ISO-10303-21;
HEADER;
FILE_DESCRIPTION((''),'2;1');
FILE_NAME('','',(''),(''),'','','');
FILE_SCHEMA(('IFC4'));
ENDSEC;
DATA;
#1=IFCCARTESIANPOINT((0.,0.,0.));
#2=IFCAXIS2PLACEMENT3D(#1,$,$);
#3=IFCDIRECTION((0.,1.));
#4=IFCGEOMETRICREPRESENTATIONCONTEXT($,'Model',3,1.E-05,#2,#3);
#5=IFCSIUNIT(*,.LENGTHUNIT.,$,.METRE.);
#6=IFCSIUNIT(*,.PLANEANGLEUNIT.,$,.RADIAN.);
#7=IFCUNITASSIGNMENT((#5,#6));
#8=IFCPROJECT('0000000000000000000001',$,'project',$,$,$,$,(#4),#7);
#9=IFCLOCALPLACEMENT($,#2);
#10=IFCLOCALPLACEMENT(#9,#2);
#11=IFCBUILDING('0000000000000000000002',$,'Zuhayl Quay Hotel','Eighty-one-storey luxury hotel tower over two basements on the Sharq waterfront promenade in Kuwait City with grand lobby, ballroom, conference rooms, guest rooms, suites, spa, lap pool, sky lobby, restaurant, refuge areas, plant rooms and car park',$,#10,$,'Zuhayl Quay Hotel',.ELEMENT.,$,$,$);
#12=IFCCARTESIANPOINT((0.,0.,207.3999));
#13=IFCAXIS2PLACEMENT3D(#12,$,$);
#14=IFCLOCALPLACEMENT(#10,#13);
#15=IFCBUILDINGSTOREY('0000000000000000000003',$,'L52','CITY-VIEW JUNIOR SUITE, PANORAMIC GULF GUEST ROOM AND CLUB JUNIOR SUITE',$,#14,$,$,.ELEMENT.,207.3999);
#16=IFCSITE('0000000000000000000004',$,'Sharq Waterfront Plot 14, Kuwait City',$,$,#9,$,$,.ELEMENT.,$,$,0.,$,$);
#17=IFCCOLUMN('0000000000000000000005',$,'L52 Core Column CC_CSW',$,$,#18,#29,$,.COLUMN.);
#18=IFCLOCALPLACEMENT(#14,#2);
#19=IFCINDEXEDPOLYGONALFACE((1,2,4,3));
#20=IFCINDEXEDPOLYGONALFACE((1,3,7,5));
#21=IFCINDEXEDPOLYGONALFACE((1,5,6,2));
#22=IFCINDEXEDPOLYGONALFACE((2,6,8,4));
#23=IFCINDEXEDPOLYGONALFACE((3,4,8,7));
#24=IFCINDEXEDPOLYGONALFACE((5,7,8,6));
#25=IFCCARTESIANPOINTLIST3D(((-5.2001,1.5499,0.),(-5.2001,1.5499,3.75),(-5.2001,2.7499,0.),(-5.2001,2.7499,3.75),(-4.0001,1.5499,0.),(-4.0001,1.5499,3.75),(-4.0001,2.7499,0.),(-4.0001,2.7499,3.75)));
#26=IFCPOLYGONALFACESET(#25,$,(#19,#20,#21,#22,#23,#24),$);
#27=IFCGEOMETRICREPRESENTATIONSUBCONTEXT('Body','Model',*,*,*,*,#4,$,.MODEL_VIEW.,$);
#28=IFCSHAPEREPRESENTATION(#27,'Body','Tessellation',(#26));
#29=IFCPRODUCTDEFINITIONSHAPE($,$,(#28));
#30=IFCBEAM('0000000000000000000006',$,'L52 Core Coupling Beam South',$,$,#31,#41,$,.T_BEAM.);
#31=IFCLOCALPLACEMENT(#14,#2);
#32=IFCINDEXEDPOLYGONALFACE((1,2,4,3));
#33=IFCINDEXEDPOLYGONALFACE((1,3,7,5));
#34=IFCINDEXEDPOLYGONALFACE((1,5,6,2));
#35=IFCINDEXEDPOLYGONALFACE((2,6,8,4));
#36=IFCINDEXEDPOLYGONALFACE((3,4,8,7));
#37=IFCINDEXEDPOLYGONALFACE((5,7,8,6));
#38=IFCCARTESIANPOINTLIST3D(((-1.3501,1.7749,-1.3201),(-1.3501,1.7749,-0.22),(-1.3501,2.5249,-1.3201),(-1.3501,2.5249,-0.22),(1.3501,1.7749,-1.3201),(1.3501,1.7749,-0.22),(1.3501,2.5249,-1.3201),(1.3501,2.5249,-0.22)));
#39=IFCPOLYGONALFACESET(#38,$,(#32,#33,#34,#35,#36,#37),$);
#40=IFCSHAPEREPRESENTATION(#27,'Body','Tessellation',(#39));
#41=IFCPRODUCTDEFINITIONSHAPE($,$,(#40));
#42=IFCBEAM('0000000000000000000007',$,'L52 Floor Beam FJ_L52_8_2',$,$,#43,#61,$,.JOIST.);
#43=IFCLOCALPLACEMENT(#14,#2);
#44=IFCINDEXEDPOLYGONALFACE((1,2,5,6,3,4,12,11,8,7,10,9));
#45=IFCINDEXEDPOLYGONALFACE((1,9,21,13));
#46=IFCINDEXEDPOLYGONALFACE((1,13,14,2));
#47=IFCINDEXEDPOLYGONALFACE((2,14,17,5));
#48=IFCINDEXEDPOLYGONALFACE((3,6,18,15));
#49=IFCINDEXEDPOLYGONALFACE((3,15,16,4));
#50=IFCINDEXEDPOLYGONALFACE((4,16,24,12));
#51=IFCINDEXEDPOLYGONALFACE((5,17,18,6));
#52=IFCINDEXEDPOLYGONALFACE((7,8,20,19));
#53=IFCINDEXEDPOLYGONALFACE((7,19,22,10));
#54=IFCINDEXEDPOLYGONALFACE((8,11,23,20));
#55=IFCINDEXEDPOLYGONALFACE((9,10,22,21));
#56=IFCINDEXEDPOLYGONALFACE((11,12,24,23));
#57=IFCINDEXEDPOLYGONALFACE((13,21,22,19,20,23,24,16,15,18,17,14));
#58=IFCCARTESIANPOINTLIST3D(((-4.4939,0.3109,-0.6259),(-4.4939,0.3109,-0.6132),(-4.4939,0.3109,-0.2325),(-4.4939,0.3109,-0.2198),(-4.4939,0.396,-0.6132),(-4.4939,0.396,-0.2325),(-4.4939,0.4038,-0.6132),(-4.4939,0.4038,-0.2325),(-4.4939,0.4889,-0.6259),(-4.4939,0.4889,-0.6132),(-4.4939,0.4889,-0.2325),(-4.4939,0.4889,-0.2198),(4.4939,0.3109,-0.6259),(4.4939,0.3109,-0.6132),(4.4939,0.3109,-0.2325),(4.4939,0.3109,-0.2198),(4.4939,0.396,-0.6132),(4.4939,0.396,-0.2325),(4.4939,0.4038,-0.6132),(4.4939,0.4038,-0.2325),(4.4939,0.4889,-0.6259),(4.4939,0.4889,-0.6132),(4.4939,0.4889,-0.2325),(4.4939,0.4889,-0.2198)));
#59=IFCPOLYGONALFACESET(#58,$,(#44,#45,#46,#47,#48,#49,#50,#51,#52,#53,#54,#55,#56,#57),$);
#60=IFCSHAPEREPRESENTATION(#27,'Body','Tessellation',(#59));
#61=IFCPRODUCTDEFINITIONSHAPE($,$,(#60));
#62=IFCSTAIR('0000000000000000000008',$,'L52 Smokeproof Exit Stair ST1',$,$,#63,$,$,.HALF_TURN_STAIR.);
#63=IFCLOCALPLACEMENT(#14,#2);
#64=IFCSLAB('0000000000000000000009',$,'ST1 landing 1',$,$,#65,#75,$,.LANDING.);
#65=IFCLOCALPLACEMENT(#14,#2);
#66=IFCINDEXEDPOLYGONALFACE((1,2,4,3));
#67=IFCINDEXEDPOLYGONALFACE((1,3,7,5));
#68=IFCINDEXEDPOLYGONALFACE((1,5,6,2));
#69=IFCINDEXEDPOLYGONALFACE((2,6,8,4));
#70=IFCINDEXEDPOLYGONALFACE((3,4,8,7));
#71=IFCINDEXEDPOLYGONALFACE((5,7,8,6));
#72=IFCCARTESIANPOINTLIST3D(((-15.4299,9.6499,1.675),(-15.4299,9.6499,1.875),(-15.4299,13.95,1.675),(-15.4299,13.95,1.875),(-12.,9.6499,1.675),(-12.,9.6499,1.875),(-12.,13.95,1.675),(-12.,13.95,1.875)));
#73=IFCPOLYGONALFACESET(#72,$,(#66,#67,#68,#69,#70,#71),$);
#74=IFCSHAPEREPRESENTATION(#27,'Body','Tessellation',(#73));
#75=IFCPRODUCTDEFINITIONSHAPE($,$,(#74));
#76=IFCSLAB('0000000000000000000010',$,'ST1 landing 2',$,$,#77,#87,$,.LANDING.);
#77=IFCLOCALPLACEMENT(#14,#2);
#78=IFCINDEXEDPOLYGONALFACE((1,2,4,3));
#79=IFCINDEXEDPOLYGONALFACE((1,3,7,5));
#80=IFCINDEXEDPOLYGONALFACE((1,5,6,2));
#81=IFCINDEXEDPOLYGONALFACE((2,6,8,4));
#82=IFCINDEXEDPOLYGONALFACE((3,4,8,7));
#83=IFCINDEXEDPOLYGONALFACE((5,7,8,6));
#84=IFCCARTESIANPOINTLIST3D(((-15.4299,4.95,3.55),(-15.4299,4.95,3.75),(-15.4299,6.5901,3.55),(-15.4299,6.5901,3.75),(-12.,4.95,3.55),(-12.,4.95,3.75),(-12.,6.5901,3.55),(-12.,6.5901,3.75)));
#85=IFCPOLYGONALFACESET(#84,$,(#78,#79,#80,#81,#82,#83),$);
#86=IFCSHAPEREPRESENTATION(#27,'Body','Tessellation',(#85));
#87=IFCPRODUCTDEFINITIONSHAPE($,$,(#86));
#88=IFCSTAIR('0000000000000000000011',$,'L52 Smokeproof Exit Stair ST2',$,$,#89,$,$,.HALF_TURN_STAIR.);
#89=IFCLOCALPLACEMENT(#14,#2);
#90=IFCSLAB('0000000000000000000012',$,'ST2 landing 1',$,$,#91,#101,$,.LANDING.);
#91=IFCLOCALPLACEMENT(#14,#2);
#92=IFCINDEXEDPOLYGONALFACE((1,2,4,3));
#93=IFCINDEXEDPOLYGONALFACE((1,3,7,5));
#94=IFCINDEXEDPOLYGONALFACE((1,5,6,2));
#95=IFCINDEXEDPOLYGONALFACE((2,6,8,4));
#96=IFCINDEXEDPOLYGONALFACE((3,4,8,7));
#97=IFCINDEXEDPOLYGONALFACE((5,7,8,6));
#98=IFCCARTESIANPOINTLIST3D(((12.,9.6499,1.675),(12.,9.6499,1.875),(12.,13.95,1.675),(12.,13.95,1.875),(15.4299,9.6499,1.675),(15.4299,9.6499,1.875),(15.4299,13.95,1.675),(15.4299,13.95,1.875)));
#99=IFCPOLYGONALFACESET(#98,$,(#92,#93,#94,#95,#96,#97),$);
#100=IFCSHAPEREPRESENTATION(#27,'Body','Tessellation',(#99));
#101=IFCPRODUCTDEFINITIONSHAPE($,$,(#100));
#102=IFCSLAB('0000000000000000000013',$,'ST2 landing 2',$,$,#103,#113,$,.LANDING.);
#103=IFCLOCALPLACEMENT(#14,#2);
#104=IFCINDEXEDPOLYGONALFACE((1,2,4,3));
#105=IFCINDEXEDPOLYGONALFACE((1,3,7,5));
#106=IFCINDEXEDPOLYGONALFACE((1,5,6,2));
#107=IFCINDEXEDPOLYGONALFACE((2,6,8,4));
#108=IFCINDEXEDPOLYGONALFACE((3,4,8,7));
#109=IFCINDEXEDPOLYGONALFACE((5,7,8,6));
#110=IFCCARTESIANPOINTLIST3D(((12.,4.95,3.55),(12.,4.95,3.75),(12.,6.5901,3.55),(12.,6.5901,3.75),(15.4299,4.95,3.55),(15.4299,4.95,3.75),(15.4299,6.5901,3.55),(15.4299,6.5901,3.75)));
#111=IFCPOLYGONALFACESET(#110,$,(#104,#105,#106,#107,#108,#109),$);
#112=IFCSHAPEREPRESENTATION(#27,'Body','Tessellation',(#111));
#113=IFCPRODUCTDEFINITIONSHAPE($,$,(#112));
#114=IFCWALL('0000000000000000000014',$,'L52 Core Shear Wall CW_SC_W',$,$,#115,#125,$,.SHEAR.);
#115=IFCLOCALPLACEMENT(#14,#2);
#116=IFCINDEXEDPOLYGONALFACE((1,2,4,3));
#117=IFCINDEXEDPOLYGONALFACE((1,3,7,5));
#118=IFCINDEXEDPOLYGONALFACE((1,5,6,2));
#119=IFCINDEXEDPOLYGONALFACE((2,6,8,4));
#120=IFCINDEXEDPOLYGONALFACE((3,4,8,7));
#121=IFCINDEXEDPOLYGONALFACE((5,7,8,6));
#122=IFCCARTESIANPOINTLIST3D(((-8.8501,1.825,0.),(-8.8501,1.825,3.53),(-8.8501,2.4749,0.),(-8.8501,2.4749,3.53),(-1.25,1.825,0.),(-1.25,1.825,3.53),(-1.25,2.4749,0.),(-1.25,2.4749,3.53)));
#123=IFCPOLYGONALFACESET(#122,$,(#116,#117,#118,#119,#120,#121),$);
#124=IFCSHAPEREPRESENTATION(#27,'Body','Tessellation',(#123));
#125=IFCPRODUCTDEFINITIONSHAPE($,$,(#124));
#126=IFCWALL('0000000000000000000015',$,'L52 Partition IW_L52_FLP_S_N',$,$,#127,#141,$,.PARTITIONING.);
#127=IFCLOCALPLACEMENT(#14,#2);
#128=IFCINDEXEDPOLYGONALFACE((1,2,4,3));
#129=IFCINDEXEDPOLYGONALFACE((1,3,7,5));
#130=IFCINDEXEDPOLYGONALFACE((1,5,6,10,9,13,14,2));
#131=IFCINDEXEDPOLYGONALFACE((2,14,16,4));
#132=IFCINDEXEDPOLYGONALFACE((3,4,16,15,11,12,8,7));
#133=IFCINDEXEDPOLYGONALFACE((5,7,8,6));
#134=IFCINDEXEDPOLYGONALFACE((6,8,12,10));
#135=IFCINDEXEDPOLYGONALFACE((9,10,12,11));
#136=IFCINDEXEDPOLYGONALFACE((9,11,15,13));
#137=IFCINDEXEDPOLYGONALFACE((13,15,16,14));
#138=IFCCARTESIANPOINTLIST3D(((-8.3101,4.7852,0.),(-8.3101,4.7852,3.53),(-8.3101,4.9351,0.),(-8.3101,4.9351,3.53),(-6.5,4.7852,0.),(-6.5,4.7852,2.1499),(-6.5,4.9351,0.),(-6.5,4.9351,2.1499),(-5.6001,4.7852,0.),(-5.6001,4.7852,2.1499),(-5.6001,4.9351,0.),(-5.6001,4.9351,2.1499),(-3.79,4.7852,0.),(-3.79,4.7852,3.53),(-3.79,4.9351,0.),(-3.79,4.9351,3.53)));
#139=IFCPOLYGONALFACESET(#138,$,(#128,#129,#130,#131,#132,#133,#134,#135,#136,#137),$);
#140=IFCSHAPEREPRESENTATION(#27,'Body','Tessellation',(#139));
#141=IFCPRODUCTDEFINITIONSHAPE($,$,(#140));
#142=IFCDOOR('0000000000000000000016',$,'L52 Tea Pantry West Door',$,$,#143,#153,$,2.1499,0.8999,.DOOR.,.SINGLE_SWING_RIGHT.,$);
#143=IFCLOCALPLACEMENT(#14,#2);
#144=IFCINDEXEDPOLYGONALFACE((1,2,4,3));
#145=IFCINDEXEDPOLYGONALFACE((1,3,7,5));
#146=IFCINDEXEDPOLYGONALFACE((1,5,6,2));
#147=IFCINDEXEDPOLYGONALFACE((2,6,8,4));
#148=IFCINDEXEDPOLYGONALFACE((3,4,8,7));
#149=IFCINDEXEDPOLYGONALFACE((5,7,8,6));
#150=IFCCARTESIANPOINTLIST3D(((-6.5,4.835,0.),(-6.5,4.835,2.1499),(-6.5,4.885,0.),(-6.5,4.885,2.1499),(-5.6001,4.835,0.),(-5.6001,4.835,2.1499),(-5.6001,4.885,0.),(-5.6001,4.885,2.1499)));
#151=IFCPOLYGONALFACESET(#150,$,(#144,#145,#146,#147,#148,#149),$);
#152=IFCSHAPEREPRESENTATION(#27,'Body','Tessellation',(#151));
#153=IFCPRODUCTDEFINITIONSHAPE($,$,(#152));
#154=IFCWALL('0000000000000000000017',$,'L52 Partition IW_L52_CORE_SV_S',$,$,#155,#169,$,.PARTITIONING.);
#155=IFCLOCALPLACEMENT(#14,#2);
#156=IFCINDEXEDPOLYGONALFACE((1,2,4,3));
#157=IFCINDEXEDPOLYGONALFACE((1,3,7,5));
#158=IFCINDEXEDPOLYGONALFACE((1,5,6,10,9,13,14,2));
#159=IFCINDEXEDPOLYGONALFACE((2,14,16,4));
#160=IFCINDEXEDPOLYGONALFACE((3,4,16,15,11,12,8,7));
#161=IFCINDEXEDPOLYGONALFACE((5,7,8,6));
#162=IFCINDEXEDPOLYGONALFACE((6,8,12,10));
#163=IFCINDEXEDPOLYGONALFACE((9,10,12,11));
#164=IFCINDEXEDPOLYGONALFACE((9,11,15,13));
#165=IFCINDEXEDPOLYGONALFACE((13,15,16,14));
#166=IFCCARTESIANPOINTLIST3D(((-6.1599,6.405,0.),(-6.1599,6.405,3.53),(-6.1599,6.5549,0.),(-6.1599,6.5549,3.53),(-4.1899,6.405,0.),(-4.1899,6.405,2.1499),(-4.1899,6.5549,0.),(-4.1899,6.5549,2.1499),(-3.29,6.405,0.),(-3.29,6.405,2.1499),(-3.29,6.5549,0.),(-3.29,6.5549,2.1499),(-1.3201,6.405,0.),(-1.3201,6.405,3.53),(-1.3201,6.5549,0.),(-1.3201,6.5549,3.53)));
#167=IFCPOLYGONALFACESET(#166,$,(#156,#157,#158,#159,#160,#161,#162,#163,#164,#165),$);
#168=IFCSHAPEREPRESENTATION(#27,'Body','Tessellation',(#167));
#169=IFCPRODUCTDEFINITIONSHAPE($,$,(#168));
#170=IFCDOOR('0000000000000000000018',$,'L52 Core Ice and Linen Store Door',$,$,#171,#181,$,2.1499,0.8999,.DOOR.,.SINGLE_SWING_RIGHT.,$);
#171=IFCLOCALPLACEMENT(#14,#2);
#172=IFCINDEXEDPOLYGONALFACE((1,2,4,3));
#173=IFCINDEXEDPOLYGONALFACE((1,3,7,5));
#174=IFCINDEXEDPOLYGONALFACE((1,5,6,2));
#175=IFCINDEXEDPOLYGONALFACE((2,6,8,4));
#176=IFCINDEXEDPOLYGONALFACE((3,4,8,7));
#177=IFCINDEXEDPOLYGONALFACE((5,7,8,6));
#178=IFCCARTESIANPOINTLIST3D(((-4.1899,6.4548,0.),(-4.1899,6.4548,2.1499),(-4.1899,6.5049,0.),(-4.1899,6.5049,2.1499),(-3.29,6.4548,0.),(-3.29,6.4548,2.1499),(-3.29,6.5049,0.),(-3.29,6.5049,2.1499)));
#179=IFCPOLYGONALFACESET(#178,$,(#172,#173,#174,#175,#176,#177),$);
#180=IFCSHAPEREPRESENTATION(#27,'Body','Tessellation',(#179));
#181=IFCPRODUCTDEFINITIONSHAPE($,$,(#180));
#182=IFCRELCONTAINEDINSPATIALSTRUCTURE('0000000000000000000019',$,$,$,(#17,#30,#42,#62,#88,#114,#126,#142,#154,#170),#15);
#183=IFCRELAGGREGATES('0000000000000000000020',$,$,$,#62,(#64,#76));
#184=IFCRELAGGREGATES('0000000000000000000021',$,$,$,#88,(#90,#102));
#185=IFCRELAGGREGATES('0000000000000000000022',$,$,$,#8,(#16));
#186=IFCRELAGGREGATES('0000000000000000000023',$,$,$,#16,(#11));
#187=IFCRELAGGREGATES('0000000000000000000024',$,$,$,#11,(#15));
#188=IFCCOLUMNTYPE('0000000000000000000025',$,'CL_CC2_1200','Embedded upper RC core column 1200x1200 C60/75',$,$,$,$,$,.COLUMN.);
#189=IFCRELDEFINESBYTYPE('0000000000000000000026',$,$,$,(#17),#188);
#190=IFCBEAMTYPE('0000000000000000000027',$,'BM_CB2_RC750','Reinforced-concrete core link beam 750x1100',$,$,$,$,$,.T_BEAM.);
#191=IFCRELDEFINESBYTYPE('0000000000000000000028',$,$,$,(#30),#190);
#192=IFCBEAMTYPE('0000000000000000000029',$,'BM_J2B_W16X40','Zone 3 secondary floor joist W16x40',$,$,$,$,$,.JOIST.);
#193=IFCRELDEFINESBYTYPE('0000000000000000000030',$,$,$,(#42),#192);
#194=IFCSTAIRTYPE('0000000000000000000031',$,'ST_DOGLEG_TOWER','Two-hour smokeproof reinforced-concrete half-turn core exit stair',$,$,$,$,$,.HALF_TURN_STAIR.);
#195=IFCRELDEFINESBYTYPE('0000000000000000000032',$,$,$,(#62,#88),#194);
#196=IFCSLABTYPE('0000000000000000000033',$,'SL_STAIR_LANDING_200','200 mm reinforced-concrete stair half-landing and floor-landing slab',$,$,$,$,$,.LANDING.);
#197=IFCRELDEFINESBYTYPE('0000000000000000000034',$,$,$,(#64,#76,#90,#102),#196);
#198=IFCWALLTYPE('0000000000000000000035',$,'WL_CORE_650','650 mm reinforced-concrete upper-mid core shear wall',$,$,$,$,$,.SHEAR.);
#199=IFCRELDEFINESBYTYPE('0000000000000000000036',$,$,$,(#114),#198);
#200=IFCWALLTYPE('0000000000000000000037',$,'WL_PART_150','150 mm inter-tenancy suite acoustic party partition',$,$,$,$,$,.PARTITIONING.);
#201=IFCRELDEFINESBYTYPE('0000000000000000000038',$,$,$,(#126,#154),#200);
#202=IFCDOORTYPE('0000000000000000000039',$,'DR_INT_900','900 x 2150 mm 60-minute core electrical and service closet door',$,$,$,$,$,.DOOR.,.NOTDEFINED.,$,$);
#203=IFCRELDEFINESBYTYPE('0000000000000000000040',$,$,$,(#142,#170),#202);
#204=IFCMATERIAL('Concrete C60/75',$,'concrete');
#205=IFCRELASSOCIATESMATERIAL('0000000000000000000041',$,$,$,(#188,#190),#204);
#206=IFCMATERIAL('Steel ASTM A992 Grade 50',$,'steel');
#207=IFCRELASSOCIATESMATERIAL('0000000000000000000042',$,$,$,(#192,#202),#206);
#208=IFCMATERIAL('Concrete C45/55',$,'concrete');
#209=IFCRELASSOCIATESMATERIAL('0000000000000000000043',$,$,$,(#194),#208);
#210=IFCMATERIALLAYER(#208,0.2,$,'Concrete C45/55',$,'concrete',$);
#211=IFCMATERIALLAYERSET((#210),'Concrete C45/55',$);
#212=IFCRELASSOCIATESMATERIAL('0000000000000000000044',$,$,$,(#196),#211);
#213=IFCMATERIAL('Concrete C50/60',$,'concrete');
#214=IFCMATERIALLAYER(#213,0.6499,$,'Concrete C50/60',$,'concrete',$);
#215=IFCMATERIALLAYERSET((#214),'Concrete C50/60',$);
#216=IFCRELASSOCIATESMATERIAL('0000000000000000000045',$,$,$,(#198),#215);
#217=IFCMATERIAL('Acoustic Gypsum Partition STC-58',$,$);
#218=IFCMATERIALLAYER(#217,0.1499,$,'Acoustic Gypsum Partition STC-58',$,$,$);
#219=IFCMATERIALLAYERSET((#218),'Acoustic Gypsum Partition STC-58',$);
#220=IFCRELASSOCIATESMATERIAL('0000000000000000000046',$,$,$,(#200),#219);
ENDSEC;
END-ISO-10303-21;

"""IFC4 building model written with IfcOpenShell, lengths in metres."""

from ifc_helpers import new_model, si_unit, direction, frame, frame_2d, origin, origin_2d, place, context, subcontext, project, spatial, polyline, rectangle, i_section, outline, extrude, material, layer, layer_set, material_profile, profile_set, type_object, element, fill, aggregate, save


model = new_model("IFC4")

# Units and contexts
model_context = context("Model", 3, precision=1e-05, world=origin(), true_north=direction((0.0, 1.0)))
body_context = subcontext(model_context, "Body", "Model", "MODEL_VIEW")
ifc_project = project(units=[si_unit("LENGTHUNIT", "METRE"), si_unit("PLANEANGLEUNIT", "RADIAN")], contexts=[model_context])

# Site, building, storey
site_placement = place(None, origin())
site = spatial("IfcSite", under=ifc_project, at=site_placement, Name="Sharq Waterfront Plot 14, Kuwait City", CompositionType="ELEMENT", RefElevation=0.0)
building_placement = place(site_placement, origin())
building = spatial("IfcBuilding", under=site, at=building_placement, Name="Zuhayl Quay Hotel", Description="Eighty-one-storey luxury hotel tower over two basements on the Sharq waterfront promenade in Kuwait City with grand lobby, ballroom, conference rooms, guest rooms, suites, spa, lap pool, sky lobby, restaurant, refuge areas, plant rooms and car park", LongName="Zuhayl Quay Hotel", CompositionType="ELEMENT")
storey_placement = place(building_placement, frame((0.0, 0.0, 207.3999)))
storey = spatial("IfcBuildingStorey", under=building, at=storey_placement, Name="L52", Description="CITY-VIEW JUNIOR SUITE, PANORAMIC GULF GUEST ROOM AND CLUB JUNIOR SUITE", CompositionType="ELEMENT", Elevation=207.3999)

# Column
ifc_material_1 = material(Name="Concrete C60/75", Category="concrete")
ifc_material_profile_1 = material_profile(ifc_material_1, rectangle(XDim=1.2, YDim=1.2, at=origin_2d()), Name="RC1200X1200")
ifc_profile_set_1 = profile_set([ifc_material_profile_1], Name="Concrete C60/75")
column_type = type_object("IfcColumnType", Name="CL_CC2_1200", Description="Embedded upper RC core column 1200x1200 C60/75", PredefinedType="COLUMN", material=ifc_profile_set_1)
column_placement = place(storey_placement, frame((-4.6001, 2.1499, 0.0), z_axis=(0.0, 0.0, 1.0), x_axis=(1.0, 0.0, 0.0)))
element("IfcColumn", 1, at=column_placement, inside=storey, type_object=column_type, Name="L52 Core Column CC_CSW", PredefinedType="COLUMN", context=body_context, shape_type="SweptSolid", body=[
    extrude(rectangle(XDim=1.2, YDim=1.2, at=origin_2d()), origin(), (0.0, 0.0, 1.0), 3.75),
])

# Beams
ifc_material_profile_2 = material_profile(ifc_material_1, rectangle(XDim=0.75, YDim=1.1001, at=origin_2d()), Name="RC750X1100")
ifc_profile_set_2 = profile_set([ifc_material_profile_2], Name="Concrete C60/75")
beam_type_1 = type_object("IfcBeamType", Name="BM_CB2_RC750", Description="Reinforced-concrete core link beam 750x1100", PredefinedType="T_BEAM", material=ifc_profile_set_2)
beam_1_placement = place(storey_placement, frame((-1.3501, 2.1499, -0.77), z_axis=(1.0, 0.0, 0.0), x_axis=(0.0, 1.0, 0.0)))
element("IfcBeam", 2, at=beam_1_placement, inside=storey, type_object=beam_type_1, Name="L52 Core Coupling Beam South", PredefinedType="T_BEAM", context=body_context, shape_type="SweptSolid", body=[
    extrude(rectangle(XDim=0.75, YDim=1.1001, at=origin_2d()), origin(), (0.0, 0.0, 1.0), 2.7002),
])
ifc_material_2 = material(Name="Steel ASTM A992 Grade 50", Category="steel")
ifc_material_profile_3 = material_profile(ifc_material_2, i_section(OverallWidth=0.178, OverallDepth=0.406, WebThickness=0.0078, FlangeThickness=0.0127, at=origin_2d()), Name="W16X40")
ifc_profile_set_3 = profile_set([ifc_material_profile_3], Name="Steel ASTM A992 Grade 50")
beam_type_2 = type_object("IfcBeamType", Name="BM_J2B_W16X40", Description="Zone 3 secondary floor joist W16x40", PredefinedType="JOIST", material=ifc_profile_set_3)
beam_2_placement = place(storey_placement, frame((-4.4939, 0.3999, -0.4229), z_axis=(1.0, 0.0, 0.0), x_axis=(0.0, 1.0, 0.0)))
element("IfcBeam", 3, at=beam_2_placement, inside=storey, type_object=beam_type_2, Name="L52 Floor Beam FJ_L52_8_2", PredefinedType="JOIST", context=body_context, shape_type="SweptSolid", body=[
    extrude(i_section(OverallWidth=0.178, OverallDepth=0.406, WebThickness=0.0078, FlangeThickness=0.0127, at=origin_2d()), origin(), (0.0, 0.0, 1.0), 8.9878),
])

# Stairs, slabs
ifc_material_3 = material(Name="Concrete C45/55", Category="concrete")
stair_type = type_object("IfcStairType", Name="ST_DOGLEG_TOWER", Description="Two-hour smokeproof reinforced-concrete half-turn core exit stair", PredefinedType="HALF_TURN_STAIR", material=ifc_material_3)
stair_1_placement = place(storey_placement, origin())
stair_1 = element("IfcStair", 4, at=stair_1_placement, inside=storey, type_object=stair_type, Name="L52 Smokeproof Exit Stair ST1", PredefinedType="HALF_TURN_STAIR")
ifc_layer_1 = layer(ifc_material_3, 0.2, Name="Concrete C45/55", Category="concrete")
ifc_layer_set_1 = layer_set([ifc_layer_1], Name="Concrete C45/55")
slab_type = type_object("IfcSlabType", Name="SL_STAIR_LANDING_200", Description="200 mm reinforced-concrete stair half-landing and floor-landing slab", PredefinedType="LANDING", material=ifc_layer_set_1)
slab_1_placement = place(storey_placement, frame((0.0, 0.0, 1.675)))
slab_1 = element("IfcSlab", 5, at=slab_1_placement, type_object=slab_type, Name="ST1 landing 1", PredefinedType="LANDING", context=body_context, shape_type="SweptSolid", body=[
    extrude(outline(polyline([(-12.0, 9.6499), (-12.0, 13.95), (-15.4299, 13.95), (-15.4299, 9.6499), (-12.0, 9.6499)])), origin(), (0.0, 0.0, 1.0), 0.2),
])
slab_2_placement = place(storey_placement, frame((0.0, 0.0, 3.55)))
slab_2 = element("IfcSlab", 6, at=slab_2_placement, type_object=slab_type, Name="ST1 landing 2", PredefinedType="LANDING", context=body_context, shape_type="SweptSolid", body=[
    extrude(outline(polyline([(-12.0, 4.95), (-12.0, 6.5901), (-15.4299, 6.5901), (-15.4299, 4.95), (-12.0, 4.95)])), origin(), (0.0, 0.0, 1.0), 0.2),
])
aggregate(stair_1, [slab_1, slab_2])
stair_2_placement = place(storey_placement, origin())
stair_2 = element("IfcStair", 7, at=stair_2_placement, inside=storey, type_object=stair_type, Name="L52 Smokeproof Exit Stair ST2", PredefinedType="HALF_TURN_STAIR")
slab_3_placement = place(storey_placement, frame((0.0, 0.0, 1.675)))
slab_3 = element("IfcSlab", 8, at=slab_3_placement, type_object=slab_type, Name="ST2 landing 1", PredefinedType="LANDING", context=body_context, shape_type="SweptSolid", body=[
    extrude(outline(polyline([(15.4299, 9.6499), (15.4299, 13.95), (12.0, 13.95), (12.0, 9.6499), (15.4299, 9.6499)])), origin(), (0.0, 0.0, 1.0), 0.2),
])
slab_4_placement = place(storey_placement, frame((0.0, 0.0, 3.55)))
slab_4 = element("IfcSlab", 9, at=slab_4_placement, type_object=slab_type, Name="ST2 landing 2", PredefinedType="LANDING", context=body_context, shape_type="SweptSolid", body=[
    extrude(outline(polyline([(15.4299, 4.95), (15.4299, 6.5901), (12.0, 6.5901), (12.0, 4.95), (15.4299, 4.95)])), origin(), (0.0, 0.0, 1.0), 0.2),
])
aggregate(stair_2, [slab_3, slab_4])

# Wall
ifc_material_4 = material(Name="Concrete C50/60", Category="concrete")
ifc_layer_2 = layer(ifc_material_4, 0.6499, Name="Concrete C50/60", Category="concrete")
ifc_layer_set_2 = layer_set([ifc_layer_2], Name="Concrete C50/60")
wall_type_1 = type_object("IfcWallType", Name="WL_CORE_650", Description="650 mm reinforced-concrete upper-mid core shear wall", PredefinedType="SHEAR", material=ifc_layer_set_2)
wall_1_placement = place(storey_placement, frame((-8.8501, 2.1499, 0.0), z_axis=(0.0, 0.0, 1.0), x_axis=(1.0, 0.0, 0.0)))
element("IfcWall", 10, at=wall_1_placement, inside=storey, type_object=wall_type_1, Name="L52 Core Shear Wall CW_SC_W", PredefinedType="SHEAR", context=body_context, shape_type="SweptSolid", body=[
    extrude(rectangle(XDim=7.6001, YDim=0.6499, at=frame_2d((3.8, 0.0))), origin(), (0.0, 0.0, 1.0), 3.53),
])

# Walls, openings, doors
ifc_material_5 = material(Name="Acoustic Gypsum Partition STC-58")
ifc_layer_3 = layer(ifc_material_5, 0.1499, Name="Acoustic Gypsum Partition STC-58")
ifc_layer_set_3 = layer_set([ifc_layer_3], Name="Acoustic Gypsum Partition STC-58")
wall_type_2 = type_object("IfcWallType", Name="WL_PART_150", Description="150 mm inter-tenancy suite acoustic party partition", PredefinedType="PARTITIONING", material=ifc_layer_set_3)
wall_2_placement = place(storey_placement, frame((-8.3101, 4.8601, 0.0), z_axis=(0.0, 0.0, 1.0), x_axis=(1.0, 0.0, 0.0)))
wall_2 = element("IfcWall", 11, at=wall_2_placement, inside=storey, type_object=wall_type_2, Name="L52 Partition IW_L52_FLP_S_N", PredefinedType="PARTITIONING", context=body_context, shape_type="SweptSolid", body=[
    extrude(rectangle(XDim=4.52, YDim=0.1499, at=frame_2d((2.26, 0.0))), origin(), (0.0, 0.0, 1.0), 3.53),
])
opening_1_placement = place(wall_2_placement, frame((1.8101, 0.0, 0.0)))
opening_1 = element("IfcOpeningElement", 12, at=opening_1_placement, cuts=wall_2, PredefinedType="OPENING", context=body_context, shape_type="SweptSolid", body=[
    extrude(rectangle(XDim=0.8999, YDim=2.1499, at=frame_2d((0.45, 1.075))), frame((0.0, 0.085, 0.0), z_axis=(0.0, -1.0, 0.0), x_axis=(1.0, 0.0, 0.0)), (0.0, 0.0, 1.0), 0.1699),
])
door_type_1 = type_object("IfcDoorType", Name="DR_INT_900", Description="900 x 2150 mm 60-minute core electrical and service closet door", OperationType="NOTDEFINED", PredefinedType="DOOR", material=ifc_material_2)
door_1_placement = place(opening_1_placement, origin())
door_1 = element("IfcDoor", 13, at=door_1_placement, inside=storey, type_object=door_type_1, Name="L52 Tea Pantry West Door", OperationType="SINGLE_SWING_RIGHT", OverallHeight=2.1499, OverallWidth=0.8999, PredefinedType="DOOR", context=body_context, shape_type="SweptSolid", body=[
    extrude(rectangle(XDim=0.8999, YDim=2.1499, at=frame_2d((0.45, 1.075))), frame((0.0, 0.0249, 0.0), z_axis=(0.0, -1.0, 0.0), x_axis=(1.0, 0.0, 0.0)), (0.0, 0.0, 1.0), 0.05),
])
fill(opening_1, door_1)
wall_3_placement = place(storey_placement, frame((-6.1599, 6.48, 0.0), z_axis=(0.0, 0.0, 1.0), x_axis=(1.0, 0.0, 0.0)))
wall_3 = element("IfcWall", 14, at=wall_3_placement, inside=storey, type_object=wall_type_2, Name="L52 Partition IW_L52_CORE_SV_S", PredefinedType="PARTITIONING", context=body_context, shape_type="SweptSolid", body=[
    extrude(rectangle(XDim=4.8398, YDim=0.1499, at=frame_2d((2.4199, 0.0))), origin(), (0.0, 0.0, 1.0), 3.53),
])
opening_2_placement = place(wall_3_placement, frame((1.97, 0.0, 0.0)))
opening_2 = element("IfcOpeningElement", 15, at=opening_2_placement, cuts=wall_3, PredefinedType="OPENING", context=body_context, shape_type="SweptSolid", body=[
    extrude(rectangle(XDim=0.8999, YDim=2.1499, at=frame_2d((0.45, 1.075))), frame((0.0, 0.085, 0.0), z_axis=(0.0, -1.0, 0.0), x_axis=(1.0, 0.0, 0.0)), (0.0, 0.0, 1.0), 0.1699),
])
door_2_placement = place(opening_2_placement, origin())
door_2 = element("IfcDoor", 16, at=door_2_placement, inside=storey, type_object=door_type_1, Name="L52 Core Ice and Linen Store Door", OperationType="SINGLE_SWING_RIGHT", OverallHeight=2.1499, OverallWidth=0.8999, PredefinedType="DOOR", context=body_context, shape_type="SweptSolid", body=[
    extrude(rectangle(XDim=0.8999, YDim=2.1499, at=frame_2d((0.45, 1.075))), frame((0.0, 0.0249, 0.0), z_axis=(0.0, -1.0, 0.0), x_axis=(1.0, 0.0, 0.0)), (0.0, 0.0, 1.0), 0.05),
])
fill(opening_2, door_2)

save(model, "model.ifc")
